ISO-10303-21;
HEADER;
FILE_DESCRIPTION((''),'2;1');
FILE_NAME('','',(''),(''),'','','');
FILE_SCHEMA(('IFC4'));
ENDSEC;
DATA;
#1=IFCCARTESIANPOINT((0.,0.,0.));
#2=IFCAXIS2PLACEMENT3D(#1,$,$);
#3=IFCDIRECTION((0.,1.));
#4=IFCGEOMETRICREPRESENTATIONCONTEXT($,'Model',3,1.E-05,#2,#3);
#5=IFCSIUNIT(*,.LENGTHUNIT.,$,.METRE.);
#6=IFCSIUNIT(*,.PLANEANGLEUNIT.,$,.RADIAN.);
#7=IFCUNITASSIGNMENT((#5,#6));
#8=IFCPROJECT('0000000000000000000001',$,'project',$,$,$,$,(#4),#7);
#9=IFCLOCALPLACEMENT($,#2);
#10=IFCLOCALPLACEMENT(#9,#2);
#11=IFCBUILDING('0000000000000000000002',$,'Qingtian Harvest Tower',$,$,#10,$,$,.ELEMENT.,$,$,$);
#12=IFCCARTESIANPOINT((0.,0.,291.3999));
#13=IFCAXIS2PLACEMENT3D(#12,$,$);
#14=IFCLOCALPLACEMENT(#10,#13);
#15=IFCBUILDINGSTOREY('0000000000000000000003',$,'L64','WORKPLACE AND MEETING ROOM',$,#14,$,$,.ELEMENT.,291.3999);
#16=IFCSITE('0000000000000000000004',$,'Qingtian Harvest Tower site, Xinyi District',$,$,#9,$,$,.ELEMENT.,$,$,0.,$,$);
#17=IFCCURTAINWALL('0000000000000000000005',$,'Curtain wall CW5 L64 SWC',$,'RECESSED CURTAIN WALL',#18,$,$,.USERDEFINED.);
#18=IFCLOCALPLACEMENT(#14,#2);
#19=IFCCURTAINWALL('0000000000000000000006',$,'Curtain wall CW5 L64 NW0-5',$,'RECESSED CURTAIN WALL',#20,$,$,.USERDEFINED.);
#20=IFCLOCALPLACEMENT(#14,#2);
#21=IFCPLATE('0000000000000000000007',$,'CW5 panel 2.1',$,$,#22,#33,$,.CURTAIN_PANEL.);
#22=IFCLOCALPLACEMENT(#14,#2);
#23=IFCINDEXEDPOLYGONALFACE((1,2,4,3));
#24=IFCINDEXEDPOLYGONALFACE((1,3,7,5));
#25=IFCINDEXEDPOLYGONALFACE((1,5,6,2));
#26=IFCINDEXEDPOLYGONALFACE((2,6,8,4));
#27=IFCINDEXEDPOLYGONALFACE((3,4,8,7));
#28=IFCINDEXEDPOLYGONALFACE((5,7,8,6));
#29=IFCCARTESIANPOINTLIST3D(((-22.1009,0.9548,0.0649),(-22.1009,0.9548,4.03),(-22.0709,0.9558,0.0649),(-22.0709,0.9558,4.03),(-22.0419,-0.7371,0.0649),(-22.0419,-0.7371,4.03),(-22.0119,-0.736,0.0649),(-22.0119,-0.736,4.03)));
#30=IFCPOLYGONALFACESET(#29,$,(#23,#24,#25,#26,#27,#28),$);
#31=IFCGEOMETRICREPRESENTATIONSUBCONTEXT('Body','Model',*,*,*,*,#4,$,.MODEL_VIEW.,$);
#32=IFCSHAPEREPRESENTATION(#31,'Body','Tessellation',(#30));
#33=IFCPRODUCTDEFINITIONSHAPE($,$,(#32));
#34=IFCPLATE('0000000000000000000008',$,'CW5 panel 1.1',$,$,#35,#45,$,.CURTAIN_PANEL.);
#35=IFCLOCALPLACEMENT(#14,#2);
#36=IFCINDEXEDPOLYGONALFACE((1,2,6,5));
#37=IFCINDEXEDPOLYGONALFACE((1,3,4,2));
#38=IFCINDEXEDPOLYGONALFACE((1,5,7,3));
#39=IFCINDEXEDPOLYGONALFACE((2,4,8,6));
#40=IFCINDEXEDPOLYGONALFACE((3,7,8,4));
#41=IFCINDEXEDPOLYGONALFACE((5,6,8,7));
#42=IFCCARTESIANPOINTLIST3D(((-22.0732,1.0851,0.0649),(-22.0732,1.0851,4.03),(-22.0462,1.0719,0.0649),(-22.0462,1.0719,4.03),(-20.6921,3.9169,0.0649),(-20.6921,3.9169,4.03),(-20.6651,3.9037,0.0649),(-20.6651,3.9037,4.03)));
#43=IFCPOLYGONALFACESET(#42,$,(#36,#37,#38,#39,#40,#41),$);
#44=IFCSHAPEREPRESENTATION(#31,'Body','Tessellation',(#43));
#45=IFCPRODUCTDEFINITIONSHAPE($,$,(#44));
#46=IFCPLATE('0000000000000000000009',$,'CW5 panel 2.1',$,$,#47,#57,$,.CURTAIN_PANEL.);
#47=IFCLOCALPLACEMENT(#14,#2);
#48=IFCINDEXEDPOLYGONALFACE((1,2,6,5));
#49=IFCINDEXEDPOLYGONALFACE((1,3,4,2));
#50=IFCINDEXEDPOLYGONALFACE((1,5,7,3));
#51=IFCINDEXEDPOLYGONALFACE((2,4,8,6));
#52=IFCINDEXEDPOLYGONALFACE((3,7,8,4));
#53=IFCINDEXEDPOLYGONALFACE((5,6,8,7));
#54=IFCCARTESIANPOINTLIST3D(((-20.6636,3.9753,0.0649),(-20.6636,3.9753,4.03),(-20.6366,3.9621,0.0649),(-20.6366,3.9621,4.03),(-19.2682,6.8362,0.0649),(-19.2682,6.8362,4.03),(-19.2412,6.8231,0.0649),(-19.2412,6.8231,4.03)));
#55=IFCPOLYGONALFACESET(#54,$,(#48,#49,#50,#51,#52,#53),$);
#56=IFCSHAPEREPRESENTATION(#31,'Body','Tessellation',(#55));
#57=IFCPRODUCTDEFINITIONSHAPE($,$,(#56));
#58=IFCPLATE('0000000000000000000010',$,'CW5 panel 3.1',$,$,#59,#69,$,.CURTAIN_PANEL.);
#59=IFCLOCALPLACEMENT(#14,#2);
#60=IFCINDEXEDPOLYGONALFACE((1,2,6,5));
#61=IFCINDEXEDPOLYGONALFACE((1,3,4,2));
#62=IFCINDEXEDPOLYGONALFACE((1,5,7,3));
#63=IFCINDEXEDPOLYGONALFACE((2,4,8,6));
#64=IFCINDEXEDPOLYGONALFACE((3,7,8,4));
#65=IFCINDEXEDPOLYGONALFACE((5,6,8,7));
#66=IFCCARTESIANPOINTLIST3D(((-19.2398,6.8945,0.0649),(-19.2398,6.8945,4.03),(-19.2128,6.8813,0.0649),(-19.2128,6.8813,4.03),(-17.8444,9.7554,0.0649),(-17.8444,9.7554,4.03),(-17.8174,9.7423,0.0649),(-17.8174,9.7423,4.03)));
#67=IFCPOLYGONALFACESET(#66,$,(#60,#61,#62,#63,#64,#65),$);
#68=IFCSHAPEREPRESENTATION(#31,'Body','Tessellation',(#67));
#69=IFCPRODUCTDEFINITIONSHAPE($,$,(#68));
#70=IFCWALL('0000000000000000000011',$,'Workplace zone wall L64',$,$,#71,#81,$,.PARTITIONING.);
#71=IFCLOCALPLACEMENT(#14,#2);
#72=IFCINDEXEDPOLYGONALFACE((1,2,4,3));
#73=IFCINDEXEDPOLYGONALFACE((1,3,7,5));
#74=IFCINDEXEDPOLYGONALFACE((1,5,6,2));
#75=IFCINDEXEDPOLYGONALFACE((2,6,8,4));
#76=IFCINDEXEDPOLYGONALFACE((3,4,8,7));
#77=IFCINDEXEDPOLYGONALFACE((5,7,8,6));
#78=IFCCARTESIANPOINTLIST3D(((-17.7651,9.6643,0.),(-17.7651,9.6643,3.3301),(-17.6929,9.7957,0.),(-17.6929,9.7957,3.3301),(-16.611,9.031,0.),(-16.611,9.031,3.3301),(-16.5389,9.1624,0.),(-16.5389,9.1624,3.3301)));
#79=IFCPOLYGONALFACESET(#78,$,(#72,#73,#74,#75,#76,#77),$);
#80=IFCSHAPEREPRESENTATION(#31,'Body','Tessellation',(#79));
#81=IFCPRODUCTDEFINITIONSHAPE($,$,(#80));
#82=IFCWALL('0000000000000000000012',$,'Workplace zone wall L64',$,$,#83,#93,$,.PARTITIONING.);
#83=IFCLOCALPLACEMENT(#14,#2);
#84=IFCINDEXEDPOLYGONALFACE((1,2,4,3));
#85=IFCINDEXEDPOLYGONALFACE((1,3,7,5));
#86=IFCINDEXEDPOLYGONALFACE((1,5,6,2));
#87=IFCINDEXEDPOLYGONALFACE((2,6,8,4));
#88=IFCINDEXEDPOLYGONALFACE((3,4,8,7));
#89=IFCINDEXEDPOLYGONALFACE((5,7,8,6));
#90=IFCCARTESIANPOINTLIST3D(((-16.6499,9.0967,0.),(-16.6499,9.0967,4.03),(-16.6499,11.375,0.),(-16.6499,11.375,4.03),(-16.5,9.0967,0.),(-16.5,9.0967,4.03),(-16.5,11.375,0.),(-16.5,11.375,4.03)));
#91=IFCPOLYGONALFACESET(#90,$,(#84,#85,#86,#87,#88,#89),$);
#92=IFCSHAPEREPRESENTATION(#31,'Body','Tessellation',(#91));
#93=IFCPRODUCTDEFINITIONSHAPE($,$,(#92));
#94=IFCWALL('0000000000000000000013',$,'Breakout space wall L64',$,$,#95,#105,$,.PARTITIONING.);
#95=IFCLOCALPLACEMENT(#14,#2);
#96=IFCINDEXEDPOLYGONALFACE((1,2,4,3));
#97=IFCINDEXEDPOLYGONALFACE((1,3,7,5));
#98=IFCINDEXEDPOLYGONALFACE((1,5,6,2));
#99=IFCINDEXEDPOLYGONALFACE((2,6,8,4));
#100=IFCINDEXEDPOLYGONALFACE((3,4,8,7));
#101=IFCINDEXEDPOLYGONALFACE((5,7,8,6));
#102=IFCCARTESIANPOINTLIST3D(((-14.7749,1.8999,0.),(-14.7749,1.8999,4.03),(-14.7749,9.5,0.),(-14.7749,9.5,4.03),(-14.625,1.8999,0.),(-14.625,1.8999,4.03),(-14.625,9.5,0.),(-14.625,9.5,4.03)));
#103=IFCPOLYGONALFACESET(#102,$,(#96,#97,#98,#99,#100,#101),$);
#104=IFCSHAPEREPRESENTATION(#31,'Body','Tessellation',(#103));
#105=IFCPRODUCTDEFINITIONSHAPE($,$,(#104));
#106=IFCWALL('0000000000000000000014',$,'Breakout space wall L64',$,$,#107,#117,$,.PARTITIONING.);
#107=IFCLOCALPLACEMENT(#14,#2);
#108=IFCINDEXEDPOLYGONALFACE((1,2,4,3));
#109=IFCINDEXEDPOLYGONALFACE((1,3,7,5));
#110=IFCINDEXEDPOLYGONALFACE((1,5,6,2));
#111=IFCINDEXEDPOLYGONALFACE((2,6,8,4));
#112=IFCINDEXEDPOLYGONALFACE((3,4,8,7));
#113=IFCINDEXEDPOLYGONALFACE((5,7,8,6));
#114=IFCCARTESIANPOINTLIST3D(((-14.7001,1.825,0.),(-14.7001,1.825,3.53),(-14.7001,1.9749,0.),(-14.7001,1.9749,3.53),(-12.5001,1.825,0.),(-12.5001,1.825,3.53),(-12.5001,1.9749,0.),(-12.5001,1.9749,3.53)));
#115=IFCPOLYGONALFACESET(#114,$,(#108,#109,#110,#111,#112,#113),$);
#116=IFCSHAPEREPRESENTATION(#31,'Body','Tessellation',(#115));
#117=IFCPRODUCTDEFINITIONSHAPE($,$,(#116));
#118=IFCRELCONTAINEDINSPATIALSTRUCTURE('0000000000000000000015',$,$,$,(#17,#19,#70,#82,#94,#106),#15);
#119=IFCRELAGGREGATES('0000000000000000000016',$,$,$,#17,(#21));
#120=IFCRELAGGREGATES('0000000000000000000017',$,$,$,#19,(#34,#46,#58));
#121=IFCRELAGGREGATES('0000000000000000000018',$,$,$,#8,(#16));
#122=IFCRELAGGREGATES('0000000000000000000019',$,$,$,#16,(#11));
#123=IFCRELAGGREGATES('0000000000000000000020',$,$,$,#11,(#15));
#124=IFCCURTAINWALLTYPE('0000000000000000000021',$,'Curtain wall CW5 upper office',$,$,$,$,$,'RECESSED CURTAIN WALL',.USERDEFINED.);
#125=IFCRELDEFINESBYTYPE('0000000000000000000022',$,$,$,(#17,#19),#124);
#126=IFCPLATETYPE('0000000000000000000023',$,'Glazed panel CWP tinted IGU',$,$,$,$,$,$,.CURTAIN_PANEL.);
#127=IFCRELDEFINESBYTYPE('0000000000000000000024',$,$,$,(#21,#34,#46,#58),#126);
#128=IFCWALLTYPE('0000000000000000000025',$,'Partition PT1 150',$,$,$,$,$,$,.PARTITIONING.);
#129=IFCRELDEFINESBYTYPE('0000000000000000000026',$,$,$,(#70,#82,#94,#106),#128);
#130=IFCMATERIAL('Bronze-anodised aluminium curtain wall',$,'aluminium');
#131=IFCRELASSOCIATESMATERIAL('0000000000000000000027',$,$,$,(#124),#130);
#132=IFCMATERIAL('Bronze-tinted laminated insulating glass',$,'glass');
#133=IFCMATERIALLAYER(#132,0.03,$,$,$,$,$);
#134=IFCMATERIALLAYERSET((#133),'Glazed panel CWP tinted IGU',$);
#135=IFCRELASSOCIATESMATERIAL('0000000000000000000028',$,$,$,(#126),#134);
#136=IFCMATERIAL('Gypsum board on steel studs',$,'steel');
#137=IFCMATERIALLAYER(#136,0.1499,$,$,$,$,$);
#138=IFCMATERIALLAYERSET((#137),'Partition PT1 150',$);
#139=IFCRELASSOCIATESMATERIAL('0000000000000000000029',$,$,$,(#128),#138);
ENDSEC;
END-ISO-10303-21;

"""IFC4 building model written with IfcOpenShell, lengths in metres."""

from ifc_helpers import new_model, si_unit, direction, frame, frame_2d, origin, origin_2d, place, context, subcontext, project, spatial, rectangle, extrude, material, layer, layer_set, type_object, element, aggregate, save


model = new_model("IFC4")

# Units and contexts
model_context = context("Model", 3, precision=1e-05, world=origin(), true_north=direction((0.0, 1.0)))
body_context = subcontext(model_context, "Body", "Model", "MODEL_VIEW")
ifc_project = project(units=[si_unit("LENGTHUNIT", "METRE"), si_unit("PLANEANGLEUNIT", "RADIAN")], contexts=[model_context])

# Site, building, storey
site_placement = place(None, origin())
site = spatial("IfcSite", under=ifc_project, at=site_placement, Name="Qingtian Harvest Tower site, Xinyi District", CompositionType="ELEMENT", RefElevation=0.0)
building_placement = place(site_placement, origin())
building = spatial("IfcBuilding", under=site, at=building_placement, Name="Qingtian Harvest Tower", CompositionType="ELEMENT")
storey_placement = place(building_placement, frame((0.0, 0.0, 291.3999)))
storey = spatial("IfcBuildingStorey", under=building, at=storey_placement, Name="L64", Description="WORKPLACE AND MEETING ROOM", CompositionType="ELEMENT", Elevation=291.3999)

# Curtain wall
ifc_material_1 = material(Name="Bronze-anodised aluminium curtain wall", Category="aluminium")
curtain_wall_type = type_object("IfcCurtainWallType", Name="Curtain wall CW5 upper office", ElementType="RECESSED CURTAIN WALL", PredefinedType="USERDEFINED", material=ifc_material_1)
curtain_wall_1_placement = place(storey_placement, origin())
curtain_wall_1 = element("IfcCurtainWall", 1, at=curtain_wall_1_placement, inside=storey, type_object=curtain_wall_type, Name="Curtain wall CW5 L64 SWC", ObjectType="RECESSED CURTAIN WALL", PredefinedType="USERDEFINED")

# Curtain wall
curtain_wall_2_placement = place(storey_placement, origin())
curtain_wall_2 = element("IfcCurtainWall", 2, at=curtain_wall_2_placement, inside=storey, type_object=curtain_wall_type, Name="Curtain wall CW5 L64 NW0-5", ObjectType="RECESSED CURTAIN WALL", PredefinedType="USERDEFINED")

# Plates
ifc_material_2 = material(Name="Bronze-tinted laminated insulating glass", Category="glass")
ifc_layer_1 = layer(ifc_material_2, 0.03)
ifc_layer_set_1 = layer_set([ifc_layer_1], Name="Glazed panel CWP tinted IGU")
plate_type = type_object("IfcPlateType", Name="Glazed panel CWP tinted IGU", PredefinedType="CURTAIN_PANEL", material=ifc_layer_set_1)
plate_1_placement = place(storey_placement, frame((-22.0564, 0.1094, 0.0649), z_axis=(0.0, 0.0, 1.0), x_axis=(-0.034899, 0.999391, 0.0)))
plate_1 = element("IfcPlate", 3, at=plate_1_placement, type_object=plate_type, Name="CW5 panel 2.1", PredefinedType="CURTAIN_PANEL", context=body_context, shape_type="SweptSolid", body=[
    extrude(rectangle(XDim=1.6929, YDim=0.03, at=origin_2d()), origin(), (0.0, 0.0, 1.0), 3.9651),
])
aggregate(curtain_wall_1, [plate_1])
plate_2_placement = place(storey_placement, frame((-21.3691, 2.4944, 0.0649), z_axis=(0.0, 0.0, 1.0), x_axis=(0.438371, 0.898794, 0.0)))
plate_2 = element("IfcPlate", 4, at=plate_2_placement, type_object=plate_type, Name="CW5 panel 1.1", PredefinedType="CURTAIN_PANEL", context=body_context, shape_type="SweptSolid", body=[
    extrude(rectangle(XDim=3.1506, YDim=0.03, at=origin_2d()), origin(), (0.0, 0.0, 1.0), 3.9651),
])
plate_3_placement = place(storey_placement, frame((-19.9524, 5.3992, 0.0649), z_axis=(0.0, 0.0, 1.0), x_axis=(0.438371, 0.898794, 0.0)))
plate_3 = element("IfcPlate", 5, at=plate_3_placement, type_object=plate_type, Name="CW5 panel 2.1", PredefinedType="CURTAIN_PANEL", context=body_context, shape_type="SweptSolid", body=[
    extrude(rectangle(XDim=3.1831, YDim=0.03, at=origin_2d()), origin(), (0.0, 0.0, 1.0), 3.9651),
])
plate_4_placement = place(storey_placement, frame((-18.5286, 8.3184, 0.0649), z_axis=(0.0, 0.0, 1.0), x_axis=(0.438371, 0.898794, 0.0)))
plate_4 = element("IfcPlate", 6, at=plate_4_placement, type_object=plate_type, Name="CW5 panel 3.1", PredefinedType="CURTAIN_PANEL", context=body_context, shape_type="SweptSolid", body=[
    extrude(rectangle(XDim=3.1831, YDim=0.03, at=origin_2d()), origin(), (0.0, 0.0, 1.0), 3.9651),
])
aggregate(curtain_wall_2, [plate_2, plate_3, plate_4])

# Walls
ifc_material_3 = material(Name="Gypsum board on steel studs", Category="steel")
ifc_layer_2 = layer(ifc_material_3, 0.1499)
ifc_layer_set_2 = layer_set([ifc_layer_2], Name="Partition PT1 150")
wall_type = type_object("IfcWallType", Name="Partition PT1 150", PredefinedType="PARTITIONING", material=ifc_layer_set_2)
wall_1_placement = place(storey_placement, frame((-17.729, 9.73, 0.0), z_axis=(0.0, 0.0, 1.0), x_axis=(0.876674, -0.481086, 0.0)))
element("IfcWall", 7, at=wall_1_placement, inside=storey, type_object=wall_type, Name="Workplace zone wall L64", PredefinedType="PARTITIONING", context=body_context, shape_type="SweptSolid", body=[
    extrude(rectangle(XDim=1.3164, YDim=0.1499, at=frame_2d((0.6582, 0.0))), origin(), (0.0, 0.0, 1.0), 3.3301),
])
wall_2_placement = place(storey_placement, frame((-16.575, 9.0967, 0.0), z_axis=(0.0, 0.0, 1.0), x_axis=(0.0, 1.0, 0.0)))
element("IfcWall", 8, at=wall_2_placement, inside=storey, type_object=wall_type, Name="Workplace zone wall L64", PredefinedType="PARTITIONING", context=body_context, shape_type="SweptSolid", body=[
    extrude(rectangle(XDim=2.2783, YDim=0.1499, at=frame_2d((1.1392, 0.0))), origin(), (0.0, 0.0, 1.0), 4.03),
])
wall_3_placement = place(storey_placement, frame((-14.7, 1.8999, 0.0), z_axis=(0.0, 0.0, 1.0), x_axis=(0.0, 1.0, 0.0)))
element("IfcWall", 9, at=wall_3_placement, inside=storey, type_object=wall_type, Name="Breakout space wall L64", PredefinedType="PARTITIONING", context=body_context, shape_type="SweptSolid", body=[
    extrude(rectangle(XDim=7.6001, YDim=0.1499, at=frame_2d((3.8, 0.0))), origin(), (0.0, 0.0, 1.0), 4.03),
])
wall_4_placement = place(storey_placement, frame((-12.5, 1.8999, 0.0), z_axis=(0.0, 0.0, 1.0), x_axis=(-1.0, 0.0, 0.0)))
element("IfcWall", 10, at=wall_4_placement, inside=storey, type_object=wall_type, Name="Breakout space wall L64", PredefinedType="PARTITIONING", context=body_context, shape_type="SweptSolid", body=[
    extrude(rectangle(XDim=2.2, YDim=0.1499, at=frame_2d((1.1001, 0.0))), origin(), (0.0, 0.0, 1.0), 3.53),
])

save(model, "model.ifc")
